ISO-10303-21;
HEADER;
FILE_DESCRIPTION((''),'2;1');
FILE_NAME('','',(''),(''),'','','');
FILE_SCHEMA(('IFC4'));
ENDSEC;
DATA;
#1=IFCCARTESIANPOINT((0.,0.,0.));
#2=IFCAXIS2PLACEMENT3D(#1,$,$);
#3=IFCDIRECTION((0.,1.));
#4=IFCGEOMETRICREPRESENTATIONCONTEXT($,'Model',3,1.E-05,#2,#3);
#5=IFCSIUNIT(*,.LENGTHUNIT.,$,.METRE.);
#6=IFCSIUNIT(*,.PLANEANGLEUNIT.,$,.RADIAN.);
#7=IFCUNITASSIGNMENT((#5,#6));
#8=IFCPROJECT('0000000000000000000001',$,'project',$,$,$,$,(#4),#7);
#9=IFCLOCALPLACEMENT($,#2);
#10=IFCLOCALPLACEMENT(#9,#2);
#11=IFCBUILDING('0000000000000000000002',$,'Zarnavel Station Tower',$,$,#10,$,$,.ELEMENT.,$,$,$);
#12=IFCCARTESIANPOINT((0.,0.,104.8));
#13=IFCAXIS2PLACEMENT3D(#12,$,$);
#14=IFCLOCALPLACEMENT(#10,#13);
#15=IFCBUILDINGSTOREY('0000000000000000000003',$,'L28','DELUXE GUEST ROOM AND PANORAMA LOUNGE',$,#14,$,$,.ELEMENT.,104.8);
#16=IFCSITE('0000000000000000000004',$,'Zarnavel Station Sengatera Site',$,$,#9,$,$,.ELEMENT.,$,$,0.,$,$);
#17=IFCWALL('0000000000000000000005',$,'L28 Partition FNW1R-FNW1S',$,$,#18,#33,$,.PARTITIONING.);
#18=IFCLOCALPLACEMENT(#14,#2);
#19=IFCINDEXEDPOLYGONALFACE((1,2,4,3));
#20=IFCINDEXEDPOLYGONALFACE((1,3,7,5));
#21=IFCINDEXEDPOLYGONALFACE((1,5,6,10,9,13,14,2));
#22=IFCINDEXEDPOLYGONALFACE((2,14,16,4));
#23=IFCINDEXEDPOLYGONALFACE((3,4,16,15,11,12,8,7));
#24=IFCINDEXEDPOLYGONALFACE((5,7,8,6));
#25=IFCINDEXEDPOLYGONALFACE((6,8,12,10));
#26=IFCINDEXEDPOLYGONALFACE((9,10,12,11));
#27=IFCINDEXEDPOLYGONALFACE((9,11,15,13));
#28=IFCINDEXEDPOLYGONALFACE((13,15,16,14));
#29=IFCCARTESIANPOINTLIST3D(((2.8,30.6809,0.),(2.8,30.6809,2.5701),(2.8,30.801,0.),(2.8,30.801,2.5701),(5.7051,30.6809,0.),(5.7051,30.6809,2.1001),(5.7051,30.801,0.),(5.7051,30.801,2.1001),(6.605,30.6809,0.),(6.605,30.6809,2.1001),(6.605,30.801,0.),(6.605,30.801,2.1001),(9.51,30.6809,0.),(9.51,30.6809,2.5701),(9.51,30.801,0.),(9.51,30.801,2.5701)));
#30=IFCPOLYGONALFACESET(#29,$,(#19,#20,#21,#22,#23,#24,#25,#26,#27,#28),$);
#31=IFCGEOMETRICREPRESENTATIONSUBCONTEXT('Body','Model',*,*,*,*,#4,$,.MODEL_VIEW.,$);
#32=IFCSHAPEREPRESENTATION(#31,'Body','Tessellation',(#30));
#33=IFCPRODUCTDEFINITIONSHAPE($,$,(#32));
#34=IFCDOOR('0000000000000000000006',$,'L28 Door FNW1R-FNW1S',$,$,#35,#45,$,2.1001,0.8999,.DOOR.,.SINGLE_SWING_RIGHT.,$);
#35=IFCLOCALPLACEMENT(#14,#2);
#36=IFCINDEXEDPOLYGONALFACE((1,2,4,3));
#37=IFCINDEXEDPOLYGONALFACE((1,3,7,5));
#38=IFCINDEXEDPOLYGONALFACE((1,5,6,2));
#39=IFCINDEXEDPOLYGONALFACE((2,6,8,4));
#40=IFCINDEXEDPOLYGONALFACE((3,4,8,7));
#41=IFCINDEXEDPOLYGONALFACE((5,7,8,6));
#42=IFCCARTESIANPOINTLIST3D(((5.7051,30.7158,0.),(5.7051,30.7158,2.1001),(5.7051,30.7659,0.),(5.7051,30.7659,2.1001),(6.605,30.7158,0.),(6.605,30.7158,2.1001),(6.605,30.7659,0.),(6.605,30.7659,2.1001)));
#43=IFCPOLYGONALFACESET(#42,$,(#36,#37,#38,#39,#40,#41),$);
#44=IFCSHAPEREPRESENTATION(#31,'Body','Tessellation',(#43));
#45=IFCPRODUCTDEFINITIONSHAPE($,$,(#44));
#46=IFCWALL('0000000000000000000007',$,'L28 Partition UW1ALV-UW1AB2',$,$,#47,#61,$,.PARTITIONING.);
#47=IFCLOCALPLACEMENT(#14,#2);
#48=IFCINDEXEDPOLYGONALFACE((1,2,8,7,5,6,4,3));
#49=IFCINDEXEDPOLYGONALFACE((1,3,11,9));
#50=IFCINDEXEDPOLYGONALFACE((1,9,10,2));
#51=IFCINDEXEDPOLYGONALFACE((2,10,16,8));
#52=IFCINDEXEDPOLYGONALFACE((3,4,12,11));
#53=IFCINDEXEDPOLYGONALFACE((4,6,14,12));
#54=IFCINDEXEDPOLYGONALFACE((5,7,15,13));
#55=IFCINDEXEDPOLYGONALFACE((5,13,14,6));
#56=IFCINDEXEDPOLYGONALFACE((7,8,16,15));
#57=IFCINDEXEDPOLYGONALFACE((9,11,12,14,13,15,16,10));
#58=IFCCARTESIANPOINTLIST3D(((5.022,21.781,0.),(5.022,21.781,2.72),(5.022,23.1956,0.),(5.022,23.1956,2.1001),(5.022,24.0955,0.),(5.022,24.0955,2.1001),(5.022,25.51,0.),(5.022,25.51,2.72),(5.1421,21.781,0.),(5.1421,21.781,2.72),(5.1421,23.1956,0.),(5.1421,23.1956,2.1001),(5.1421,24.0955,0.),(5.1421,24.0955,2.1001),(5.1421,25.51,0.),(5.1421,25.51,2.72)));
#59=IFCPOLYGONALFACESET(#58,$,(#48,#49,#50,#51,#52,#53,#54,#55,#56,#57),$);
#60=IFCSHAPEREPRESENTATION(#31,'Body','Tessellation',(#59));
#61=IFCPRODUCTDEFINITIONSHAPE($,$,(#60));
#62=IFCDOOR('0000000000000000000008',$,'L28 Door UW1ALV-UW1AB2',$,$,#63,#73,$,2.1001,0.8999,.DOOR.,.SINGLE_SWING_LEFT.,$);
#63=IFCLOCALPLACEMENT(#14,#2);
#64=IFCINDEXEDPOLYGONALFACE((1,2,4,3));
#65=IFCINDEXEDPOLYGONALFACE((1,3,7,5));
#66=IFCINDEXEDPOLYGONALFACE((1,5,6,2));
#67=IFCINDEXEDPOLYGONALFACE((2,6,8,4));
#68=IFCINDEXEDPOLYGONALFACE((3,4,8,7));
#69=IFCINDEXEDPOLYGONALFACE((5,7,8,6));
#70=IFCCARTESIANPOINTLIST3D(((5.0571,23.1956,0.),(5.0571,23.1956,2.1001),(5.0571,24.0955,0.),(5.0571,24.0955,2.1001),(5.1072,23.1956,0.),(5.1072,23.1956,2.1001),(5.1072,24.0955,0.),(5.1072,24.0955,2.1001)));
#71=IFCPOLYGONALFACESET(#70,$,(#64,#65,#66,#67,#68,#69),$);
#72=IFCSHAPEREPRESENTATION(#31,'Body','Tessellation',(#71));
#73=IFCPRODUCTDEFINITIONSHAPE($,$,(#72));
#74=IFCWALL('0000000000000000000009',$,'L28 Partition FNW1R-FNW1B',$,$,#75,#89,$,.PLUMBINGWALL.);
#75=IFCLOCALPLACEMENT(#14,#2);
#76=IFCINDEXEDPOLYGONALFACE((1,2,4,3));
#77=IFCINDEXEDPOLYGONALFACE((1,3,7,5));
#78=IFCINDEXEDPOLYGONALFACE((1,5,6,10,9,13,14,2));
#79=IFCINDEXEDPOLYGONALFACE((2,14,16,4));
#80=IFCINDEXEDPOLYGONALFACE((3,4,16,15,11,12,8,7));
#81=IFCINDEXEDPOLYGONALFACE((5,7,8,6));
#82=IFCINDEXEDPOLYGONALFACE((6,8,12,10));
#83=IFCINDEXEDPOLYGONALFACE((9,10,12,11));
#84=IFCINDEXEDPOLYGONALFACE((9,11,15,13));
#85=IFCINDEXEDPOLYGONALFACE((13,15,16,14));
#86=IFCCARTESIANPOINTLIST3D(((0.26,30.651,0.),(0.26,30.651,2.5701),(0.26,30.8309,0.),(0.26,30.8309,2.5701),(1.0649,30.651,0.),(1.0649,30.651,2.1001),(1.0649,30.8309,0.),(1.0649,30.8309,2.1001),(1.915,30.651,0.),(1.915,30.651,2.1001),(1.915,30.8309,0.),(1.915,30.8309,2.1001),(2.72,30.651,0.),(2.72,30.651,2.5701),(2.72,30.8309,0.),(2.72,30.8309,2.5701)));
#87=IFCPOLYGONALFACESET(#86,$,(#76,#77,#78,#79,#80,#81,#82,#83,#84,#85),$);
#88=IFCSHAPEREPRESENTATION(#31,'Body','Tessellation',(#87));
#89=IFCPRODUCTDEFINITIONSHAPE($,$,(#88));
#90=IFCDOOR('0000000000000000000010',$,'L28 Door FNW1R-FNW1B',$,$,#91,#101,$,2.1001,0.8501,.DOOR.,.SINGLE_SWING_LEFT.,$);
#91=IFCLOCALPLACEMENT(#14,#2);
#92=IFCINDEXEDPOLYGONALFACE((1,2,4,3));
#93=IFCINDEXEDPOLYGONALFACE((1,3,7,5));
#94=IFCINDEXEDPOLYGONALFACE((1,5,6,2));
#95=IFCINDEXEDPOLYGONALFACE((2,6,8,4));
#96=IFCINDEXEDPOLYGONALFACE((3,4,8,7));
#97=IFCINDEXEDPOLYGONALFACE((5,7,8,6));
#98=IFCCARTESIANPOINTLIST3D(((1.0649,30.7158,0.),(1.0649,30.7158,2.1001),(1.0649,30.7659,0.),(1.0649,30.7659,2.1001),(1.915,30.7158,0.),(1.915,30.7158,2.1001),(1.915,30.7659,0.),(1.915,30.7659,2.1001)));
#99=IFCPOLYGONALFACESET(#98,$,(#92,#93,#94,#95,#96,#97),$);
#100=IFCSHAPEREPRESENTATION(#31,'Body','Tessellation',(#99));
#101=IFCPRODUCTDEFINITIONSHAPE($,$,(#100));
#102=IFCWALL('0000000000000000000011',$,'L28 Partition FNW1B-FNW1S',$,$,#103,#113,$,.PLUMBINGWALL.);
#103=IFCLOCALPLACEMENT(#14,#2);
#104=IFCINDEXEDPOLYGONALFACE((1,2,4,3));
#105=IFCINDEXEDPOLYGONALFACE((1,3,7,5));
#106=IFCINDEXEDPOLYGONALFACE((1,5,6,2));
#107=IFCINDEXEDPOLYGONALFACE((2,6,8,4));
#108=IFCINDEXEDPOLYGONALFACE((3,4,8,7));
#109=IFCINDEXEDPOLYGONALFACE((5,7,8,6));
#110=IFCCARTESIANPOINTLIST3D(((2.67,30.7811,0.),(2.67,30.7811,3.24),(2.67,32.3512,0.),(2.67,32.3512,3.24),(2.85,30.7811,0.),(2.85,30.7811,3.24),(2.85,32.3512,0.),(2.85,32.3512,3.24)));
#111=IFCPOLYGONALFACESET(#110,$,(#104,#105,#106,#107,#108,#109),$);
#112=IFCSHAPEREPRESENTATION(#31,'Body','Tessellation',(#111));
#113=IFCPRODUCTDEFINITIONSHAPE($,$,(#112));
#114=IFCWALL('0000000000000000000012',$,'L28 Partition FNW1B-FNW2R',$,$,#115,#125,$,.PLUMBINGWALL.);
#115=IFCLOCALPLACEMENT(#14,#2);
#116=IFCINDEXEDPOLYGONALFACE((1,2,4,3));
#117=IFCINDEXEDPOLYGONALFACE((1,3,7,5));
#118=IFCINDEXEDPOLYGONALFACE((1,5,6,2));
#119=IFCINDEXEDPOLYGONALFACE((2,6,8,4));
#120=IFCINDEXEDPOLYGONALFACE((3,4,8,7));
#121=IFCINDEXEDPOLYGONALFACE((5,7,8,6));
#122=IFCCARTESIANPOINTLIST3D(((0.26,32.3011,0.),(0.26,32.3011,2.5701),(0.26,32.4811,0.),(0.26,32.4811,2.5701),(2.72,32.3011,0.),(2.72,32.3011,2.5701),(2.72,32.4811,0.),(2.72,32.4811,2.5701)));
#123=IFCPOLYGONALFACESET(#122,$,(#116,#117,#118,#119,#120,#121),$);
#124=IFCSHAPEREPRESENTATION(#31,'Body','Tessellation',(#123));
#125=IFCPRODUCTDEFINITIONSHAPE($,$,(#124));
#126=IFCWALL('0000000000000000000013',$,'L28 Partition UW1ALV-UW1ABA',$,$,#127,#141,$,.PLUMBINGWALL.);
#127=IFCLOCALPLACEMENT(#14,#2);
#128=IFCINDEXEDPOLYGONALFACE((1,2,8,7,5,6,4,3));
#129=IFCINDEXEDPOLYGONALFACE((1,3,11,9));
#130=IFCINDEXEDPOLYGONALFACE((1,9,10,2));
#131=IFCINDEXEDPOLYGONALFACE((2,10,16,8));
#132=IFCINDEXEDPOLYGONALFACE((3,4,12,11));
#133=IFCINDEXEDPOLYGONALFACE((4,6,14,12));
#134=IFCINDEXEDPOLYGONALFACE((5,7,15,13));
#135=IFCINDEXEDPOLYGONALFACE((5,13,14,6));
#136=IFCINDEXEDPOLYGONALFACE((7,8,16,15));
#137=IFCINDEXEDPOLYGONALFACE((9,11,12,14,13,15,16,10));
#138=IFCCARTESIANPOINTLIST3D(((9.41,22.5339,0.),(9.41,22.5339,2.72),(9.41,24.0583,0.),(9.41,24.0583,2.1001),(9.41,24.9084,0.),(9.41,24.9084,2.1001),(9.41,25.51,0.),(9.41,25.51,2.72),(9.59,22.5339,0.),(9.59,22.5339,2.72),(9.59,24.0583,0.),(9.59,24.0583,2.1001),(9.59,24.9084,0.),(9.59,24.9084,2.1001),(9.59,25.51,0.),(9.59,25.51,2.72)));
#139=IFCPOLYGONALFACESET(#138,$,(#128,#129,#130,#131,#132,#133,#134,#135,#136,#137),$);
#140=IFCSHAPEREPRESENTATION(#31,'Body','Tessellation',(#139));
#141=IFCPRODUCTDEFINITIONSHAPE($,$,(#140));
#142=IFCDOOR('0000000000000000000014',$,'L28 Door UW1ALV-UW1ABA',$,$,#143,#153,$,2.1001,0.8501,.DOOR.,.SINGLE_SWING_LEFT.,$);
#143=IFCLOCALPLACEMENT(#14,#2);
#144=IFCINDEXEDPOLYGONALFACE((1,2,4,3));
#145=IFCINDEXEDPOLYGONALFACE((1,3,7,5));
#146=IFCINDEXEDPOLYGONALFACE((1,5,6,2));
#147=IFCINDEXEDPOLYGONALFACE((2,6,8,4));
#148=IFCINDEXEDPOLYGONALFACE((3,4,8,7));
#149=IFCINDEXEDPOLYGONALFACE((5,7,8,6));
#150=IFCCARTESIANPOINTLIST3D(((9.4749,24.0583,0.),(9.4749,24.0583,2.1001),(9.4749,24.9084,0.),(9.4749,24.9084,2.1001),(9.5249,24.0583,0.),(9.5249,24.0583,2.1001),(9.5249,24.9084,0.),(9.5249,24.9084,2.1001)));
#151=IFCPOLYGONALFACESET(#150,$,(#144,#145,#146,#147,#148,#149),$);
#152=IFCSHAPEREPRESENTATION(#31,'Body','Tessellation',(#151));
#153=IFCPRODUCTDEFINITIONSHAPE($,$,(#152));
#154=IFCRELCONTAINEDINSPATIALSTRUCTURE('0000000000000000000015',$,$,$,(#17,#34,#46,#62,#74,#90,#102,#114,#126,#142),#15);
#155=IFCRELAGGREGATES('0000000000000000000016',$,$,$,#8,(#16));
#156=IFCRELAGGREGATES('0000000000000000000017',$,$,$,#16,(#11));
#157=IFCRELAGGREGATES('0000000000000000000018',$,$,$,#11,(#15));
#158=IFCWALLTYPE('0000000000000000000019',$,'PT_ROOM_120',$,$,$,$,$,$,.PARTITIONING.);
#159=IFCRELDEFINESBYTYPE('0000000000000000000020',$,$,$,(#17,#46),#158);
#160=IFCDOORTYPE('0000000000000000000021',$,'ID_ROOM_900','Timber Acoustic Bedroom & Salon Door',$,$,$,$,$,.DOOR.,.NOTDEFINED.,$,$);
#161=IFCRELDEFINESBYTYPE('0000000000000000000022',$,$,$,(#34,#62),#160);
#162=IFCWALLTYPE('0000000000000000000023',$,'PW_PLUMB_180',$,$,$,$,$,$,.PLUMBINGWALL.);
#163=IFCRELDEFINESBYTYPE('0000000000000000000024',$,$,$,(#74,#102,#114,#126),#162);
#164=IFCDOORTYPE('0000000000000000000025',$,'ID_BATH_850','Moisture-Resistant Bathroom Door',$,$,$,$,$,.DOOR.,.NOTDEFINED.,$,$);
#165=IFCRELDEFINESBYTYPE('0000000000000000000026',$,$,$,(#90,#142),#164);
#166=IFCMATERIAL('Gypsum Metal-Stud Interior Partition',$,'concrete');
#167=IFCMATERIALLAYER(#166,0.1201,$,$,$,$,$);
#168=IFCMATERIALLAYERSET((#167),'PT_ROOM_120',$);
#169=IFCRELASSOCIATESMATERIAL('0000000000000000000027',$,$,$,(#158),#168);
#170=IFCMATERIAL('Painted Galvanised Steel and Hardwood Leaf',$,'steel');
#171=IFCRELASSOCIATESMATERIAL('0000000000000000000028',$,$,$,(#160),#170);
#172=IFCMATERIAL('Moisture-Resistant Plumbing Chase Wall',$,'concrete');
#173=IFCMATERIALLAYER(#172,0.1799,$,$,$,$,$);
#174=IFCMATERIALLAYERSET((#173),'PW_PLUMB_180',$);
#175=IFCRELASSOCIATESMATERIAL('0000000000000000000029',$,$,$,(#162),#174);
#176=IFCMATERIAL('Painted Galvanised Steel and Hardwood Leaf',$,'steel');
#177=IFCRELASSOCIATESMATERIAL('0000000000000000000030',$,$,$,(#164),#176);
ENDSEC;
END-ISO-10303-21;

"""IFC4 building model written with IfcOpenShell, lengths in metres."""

from ifc_helpers import new_model, si_unit, direction, frame, frame_2d, origin, place, context, subcontext, project, spatial, rectangle, extrude, material, layer, layer_set, type_object, element, fill, save


model = new_model("IFC4")

# Units and contexts
model_context = context("Model", 3, precision=1e-05, world=origin(), true_north=direction((0.0, 1.0)))
body_context = subcontext(model_context, "Body", "Model", "MODEL_VIEW")
ifc_project = project(units=[si_unit("LENGTHUNIT", "METRE"), si_unit("PLANEANGLEUNIT", "RADIAN")], contexts=[model_context])

# Site, building, storey
site_placement = place(None, origin())
site = spatial("IfcSite", under=ifc_project, at=site_placement, Name="Zarnavel Station Sengatera Site", CompositionType="ELEMENT", RefElevation=0.0)
building_placement = place(site_placement, origin())
building = spatial("IfcBuilding", under=site, at=building_placement, Name="Zarnavel Station Tower", CompositionType="ELEMENT")
storey_placement = place(building_placement, frame((0.0, 0.0, 104.8)))
storey = spatial("IfcBuildingStorey", under=building, at=storey_placement, Name="L28", Description="DELUXE GUEST ROOM AND PANORAMA LOUNGE", CompositionType="ELEMENT", Elevation=104.8)

# Walls, openings, doors
ifc_material_1 = material(Name="Gypsum Metal-Stud Interior Partition", Category="concrete")
ifc_layer_1 = layer(ifc_material_1, 0.1201)
ifc_layer_set_1 = layer_set([ifc_layer_1], Name="PT_ROOM_120")
wall_type_1 = type_object("IfcWallType", Name="PT_ROOM_120", PredefinedType="PARTITIONING", material=ifc_layer_set_1)
wall_1_placement = place(storey_placement, frame((2.8, 30.741, 0.0), z_axis=(0.0, 0.0, 1.0), x_axis=(1.0, 0.0, 0.0)))
wall_1 = element("IfcWall", 1, at=wall_1_placement, inside=storey, type_object=wall_type_1, Name="L28 Partition FNW1R-FNW1S", PredefinedType="PARTITIONING", context=body_context, shape_type="SweptSolid", body=[
    extrude(rectangle(XDim=6.71, YDim=0.1201, at=frame_2d((3.355, 0.0))), origin(), (0.0, 0.0, 1.0), 2.5701),
])
opening_1_placement = place(wall_1_placement, frame((2.905, 0.0, 0.0)))
opening_1 = element("IfcOpeningElement", 2, at=opening_1_placement, cuts=wall_1, PredefinedType="OPENING", context=body_context, shape_type="SweptSolid", body=[
    extrude(rectangle(XDim=0.8999, YDim=2.1001, at=frame_2d((0.45, 1.05))), frame((0.0, 0.0701, 0.0), z_axis=(0.0, -1.0, 0.0), x_axis=(1.0, 0.0, 0.0)), (0.0, 0.0, 1.0), 0.1401),
])
ifc_material_2 = material(Name="Painted Galvanised Steel and Hardwood Leaf", Category="steel")
door_type_1 = type_object("IfcDoorType", Name="ID_ROOM_900", Description="Timber Acoustic Bedroom & Salon Door", OperationType="NOTDEFINED", PredefinedType="DOOR", material=ifc_material_2)
door_1_placement = place(opening_1_placement, origin())
door_1 = element("IfcDoor", 3, at=door_1_placement, inside=storey, type_object=door_type_1, Name="L28 Door FNW1R-FNW1S", OperationType="SINGLE_SWING_RIGHT", OverallHeight=2.1001, OverallWidth=0.8999, PredefinedType="DOOR", context=body_context, shape_type="SweptSolid", body=[
    extrude(rectangle(XDim=0.8999, YDim=2.1001, at=frame_2d((0.45, 1.05))), frame((0.0, 0.0249, 0.0), z_axis=(0.0, -1.0, 0.0), x_axis=(1.0, 0.0, 0.0)), (0.0, 0.0, 1.0), 0.05),
])
fill(opening_1, door_1)
wall_2_placement = place(storey_placement, frame((5.082, 21.781, 0.0), z_axis=(0.0, 0.0, 1.0), x_axis=(0.0, 1.0, 0.0)))
wall_2 = element("IfcWall", 4, at=wall_2_placement, inside=storey, type_object=wall_type_1, Name="L28 Partition UW1ALV-UW1AB2", PredefinedType="PARTITIONING", context=body_context, shape_type="SweptSolid", body=[
    extrude(rectangle(XDim=3.729, YDim=0.1201, at=frame_2d((1.8645, 0.0))), origin(), (0.0, 0.0, 1.0), 2.72),
])
opening_2_placement = place(wall_2_placement, frame((1.4146, 0.0, 0.0)))
opening_2 = element("IfcOpeningElement", 5, at=opening_2_placement, cuts=wall_2, PredefinedType="OPENING", context=body_context, shape_type="SweptSolid", body=[
    extrude(rectangle(XDim=0.8999, YDim=2.1001, at=frame_2d((0.45, 1.05))), frame((0.0, 0.0701, 0.0), z_axis=(0.0, -1.0, 0.0), x_axis=(1.0, 0.0, 0.0)), (0.0, 0.0, 1.0), 0.1401),
])
door_2_placement = place(opening_2_placement, origin())
door_2 = element("IfcDoor", 6, at=door_2_placement, inside=storey, type_object=door_type_1, Name="L28 Door UW1ALV-UW1AB2", OperationType="SINGLE_SWING_LEFT", OverallHeight=2.1001, OverallWidth=0.8999, PredefinedType="DOOR", context=body_context, shape_type="SweptSolid", body=[
    extrude(rectangle(XDim=0.8999, YDim=2.1001, at=frame_2d((0.45, 1.05))), frame((0.0, 0.0249, 0.0), z_axis=(0.0, -1.0, 0.0), x_axis=(1.0, 0.0, 0.0)), (0.0, 0.0, 1.0), 0.05),
])
fill(opening_2, door_2)

# Shared definitions
ifc_material_3 = material(Name="Moisture-Resistant Plumbing Chase Wall", Category="concrete")
ifc_layer_2 = layer(ifc_material_3, 0.1799)
ifc_layer_set_2 = layer_set([ifc_layer_2], Name="PW_PLUMB_180")
wall_type_2 = type_object("IfcWallType", Name="PW_PLUMB_180", PredefinedType="PLUMBINGWALL", material=ifc_layer_set_2)

# Wall, opening, door
wall_3_placement = place(storey_placement, frame((0.26, 30.741, 0.0), z_axis=(0.0, 0.0, 1.0), x_axis=(1.0, 0.0, 0.0)))
wall_3 = element("IfcWall", 7, at=wall_3_placement, inside=storey, type_object=wall_type_2, Name="L28 Partition FNW1R-FNW1B", PredefinedType="PLUMBINGWALL", context=body_context, shape_type="SweptSolid", body=[
    extrude(rectangle(XDim=2.46, YDim=0.1799, at=frame_2d((1.23, 0.0))), origin(), (0.0, 0.0, 1.0), 2.5701),
])
opening_3_placement = place(wall_3_placement, frame((0.8049, 0.0, 0.0)))
opening_3 = element("IfcOpeningElement", 8, at=opening_3_placement, cuts=wall_3, PredefinedType="OPENING", context=body_context, shape_type="SweptSolid", body=[
    extrude(rectangle(XDim=0.8501, YDim=2.1001, at=frame_2d((0.425, 1.05))), frame((0.0, 0.0999, 0.0), z_axis=(0.0, -1.0, 0.0), x_axis=(1.0, 0.0, 0.0)), (0.0, 0.0, 1.0), 0.2),
])
ifc_material_4 = material(Name="Painted Galvanised Steel and Hardwood Leaf", Category="steel")
door_type_2 = type_object("IfcDoorType", Name="ID_BATH_850", Description="Moisture-Resistant Bathroom Door", OperationType="NOTDEFINED", PredefinedType="DOOR", material=ifc_material_4)
door_3_placement = place(opening_3_placement, origin())
door_3 = element("IfcDoor", 9, at=door_3_placement, inside=storey, type_object=door_type_2, Name="L28 Door FNW1R-FNW1B", OperationType="SINGLE_SWING_LEFT", OverallHeight=2.1001, OverallWidth=0.8501, PredefinedType="DOOR", context=body_context, shape_type="SweptSolid", body=[
    extrude(rectangle(XDim=0.8501, YDim=2.1001, at=frame_2d((0.425, 1.05))), frame((0.0, 0.0249, 0.0), z_axis=(0.0, -1.0, 0.0), x_axis=(1.0, 0.0, 0.0)), (0.0, 0.0, 1.0), 0.05),
])
fill(opening_3, door_3)

# Walls
wall_4_placement = place(storey_placement, frame((2.76, 30.781, 0.0), z_axis=(0.0, 0.0, 1.0), x_axis=(0.0, 1.0, 0.0)))
element("IfcWall", 10, at=wall_4_placement, inside=storey, type_object=wall_type_2, Name="L28 Partition FNW1B-FNW1S", PredefinedType="PLUMBINGWALL", context=body_context, shape_type="SweptSolid", body=[
    extrude(rectangle(XDim=1.5701, YDim=0.1799, at=frame_2d((0.7852, 0.0))), origin(), (0.0, 0.0, 1.0), 3.24),
])
wall_5_placement = place(storey_placement, frame((0.26, 32.3911, 0.0), z_axis=(0.0, 0.0, 1.0), x_axis=(1.0, 0.0, 0.0)))
element("IfcWall", 11, at=wall_5_placement, inside=storey, type_object=wall_type_2, Name="L28 Partition FNW1B-FNW2R", PredefinedType="PLUMBINGWALL", context=body_context, shape_type="SweptSolid", body=[
    extrude(rectangle(XDim=2.46, YDim=0.1799, at=frame_2d((1.23, 0.0))), origin(), (0.0, 0.0, 1.0), 2.5701),
])

# Wall, opening, door
wall_6_placement = place(storey_placement, frame((9.5, 25.51, 0.0), z_axis=(0.0, 0.0, 1.0), x_axis=(0.0, -1.0, 0.0)))
wall_6 = element("IfcWall", 12, at=wall_6_placement, inside=storey, type_object=wall_type_2, Name="L28 Partition UW1ALV-UW1ABA", PredefinedType="PLUMBINGWALL", context=body_context, shape_type="SweptSolid", body=[
    extrude(rectangle(XDim=2.9761, YDim=0.1799, at=frame_2d((1.488, 0.0))), origin(), (0.0, 0.0, 1.0), 2.72),
])
opening_4_placement = place(wall_6_placement, frame((0.6016, 0.0, 0.0)))
opening_4 = element("IfcOpeningElement", 13, at=opening_4_placement, cuts=wall_6, PredefinedType="OPENING", context=body_context, shape_type="SweptSolid", body=[
    extrude(rectangle(XDim=0.8501, YDim=2.1001, at=frame_2d((0.425, 1.05))), frame((0.0, 0.0999, 0.0), z_axis=(0.0, -1.0, 0.0), x_axis=(1.0, 0.0, 0.0)), (0.0, 0.0, 1.0), 0.2),
])
door_4_placement = place(opening_4_placement, origin())
door_4 = element("IfcDoor", 14, at=door_4_placement, inside=storey, type_object=door_type_2, Name="L28 Door UW1ALV-UW1ABA", OperationType="SINGLE_SWING_LEFT", OverallHeight=2.1001, OverallWidth=0.8501, PredefinedType="DOOR", context=body_context, shape_type="SweptSolid", body=[
    extrude(rectangle(XDim=0.8501, YDim=2.1001, at=frame_2d((0.425, 1.05))), frame((0.0, 0.0249, 0.0), z_axis=(0.0, -1.0, 0.0), x_axis=(1.0, 0.0, 0.0)), (0.0, 0.0, 1.0), 0.05),
])
fill(opening_4, door_4)

save(model, "model.ifc")
